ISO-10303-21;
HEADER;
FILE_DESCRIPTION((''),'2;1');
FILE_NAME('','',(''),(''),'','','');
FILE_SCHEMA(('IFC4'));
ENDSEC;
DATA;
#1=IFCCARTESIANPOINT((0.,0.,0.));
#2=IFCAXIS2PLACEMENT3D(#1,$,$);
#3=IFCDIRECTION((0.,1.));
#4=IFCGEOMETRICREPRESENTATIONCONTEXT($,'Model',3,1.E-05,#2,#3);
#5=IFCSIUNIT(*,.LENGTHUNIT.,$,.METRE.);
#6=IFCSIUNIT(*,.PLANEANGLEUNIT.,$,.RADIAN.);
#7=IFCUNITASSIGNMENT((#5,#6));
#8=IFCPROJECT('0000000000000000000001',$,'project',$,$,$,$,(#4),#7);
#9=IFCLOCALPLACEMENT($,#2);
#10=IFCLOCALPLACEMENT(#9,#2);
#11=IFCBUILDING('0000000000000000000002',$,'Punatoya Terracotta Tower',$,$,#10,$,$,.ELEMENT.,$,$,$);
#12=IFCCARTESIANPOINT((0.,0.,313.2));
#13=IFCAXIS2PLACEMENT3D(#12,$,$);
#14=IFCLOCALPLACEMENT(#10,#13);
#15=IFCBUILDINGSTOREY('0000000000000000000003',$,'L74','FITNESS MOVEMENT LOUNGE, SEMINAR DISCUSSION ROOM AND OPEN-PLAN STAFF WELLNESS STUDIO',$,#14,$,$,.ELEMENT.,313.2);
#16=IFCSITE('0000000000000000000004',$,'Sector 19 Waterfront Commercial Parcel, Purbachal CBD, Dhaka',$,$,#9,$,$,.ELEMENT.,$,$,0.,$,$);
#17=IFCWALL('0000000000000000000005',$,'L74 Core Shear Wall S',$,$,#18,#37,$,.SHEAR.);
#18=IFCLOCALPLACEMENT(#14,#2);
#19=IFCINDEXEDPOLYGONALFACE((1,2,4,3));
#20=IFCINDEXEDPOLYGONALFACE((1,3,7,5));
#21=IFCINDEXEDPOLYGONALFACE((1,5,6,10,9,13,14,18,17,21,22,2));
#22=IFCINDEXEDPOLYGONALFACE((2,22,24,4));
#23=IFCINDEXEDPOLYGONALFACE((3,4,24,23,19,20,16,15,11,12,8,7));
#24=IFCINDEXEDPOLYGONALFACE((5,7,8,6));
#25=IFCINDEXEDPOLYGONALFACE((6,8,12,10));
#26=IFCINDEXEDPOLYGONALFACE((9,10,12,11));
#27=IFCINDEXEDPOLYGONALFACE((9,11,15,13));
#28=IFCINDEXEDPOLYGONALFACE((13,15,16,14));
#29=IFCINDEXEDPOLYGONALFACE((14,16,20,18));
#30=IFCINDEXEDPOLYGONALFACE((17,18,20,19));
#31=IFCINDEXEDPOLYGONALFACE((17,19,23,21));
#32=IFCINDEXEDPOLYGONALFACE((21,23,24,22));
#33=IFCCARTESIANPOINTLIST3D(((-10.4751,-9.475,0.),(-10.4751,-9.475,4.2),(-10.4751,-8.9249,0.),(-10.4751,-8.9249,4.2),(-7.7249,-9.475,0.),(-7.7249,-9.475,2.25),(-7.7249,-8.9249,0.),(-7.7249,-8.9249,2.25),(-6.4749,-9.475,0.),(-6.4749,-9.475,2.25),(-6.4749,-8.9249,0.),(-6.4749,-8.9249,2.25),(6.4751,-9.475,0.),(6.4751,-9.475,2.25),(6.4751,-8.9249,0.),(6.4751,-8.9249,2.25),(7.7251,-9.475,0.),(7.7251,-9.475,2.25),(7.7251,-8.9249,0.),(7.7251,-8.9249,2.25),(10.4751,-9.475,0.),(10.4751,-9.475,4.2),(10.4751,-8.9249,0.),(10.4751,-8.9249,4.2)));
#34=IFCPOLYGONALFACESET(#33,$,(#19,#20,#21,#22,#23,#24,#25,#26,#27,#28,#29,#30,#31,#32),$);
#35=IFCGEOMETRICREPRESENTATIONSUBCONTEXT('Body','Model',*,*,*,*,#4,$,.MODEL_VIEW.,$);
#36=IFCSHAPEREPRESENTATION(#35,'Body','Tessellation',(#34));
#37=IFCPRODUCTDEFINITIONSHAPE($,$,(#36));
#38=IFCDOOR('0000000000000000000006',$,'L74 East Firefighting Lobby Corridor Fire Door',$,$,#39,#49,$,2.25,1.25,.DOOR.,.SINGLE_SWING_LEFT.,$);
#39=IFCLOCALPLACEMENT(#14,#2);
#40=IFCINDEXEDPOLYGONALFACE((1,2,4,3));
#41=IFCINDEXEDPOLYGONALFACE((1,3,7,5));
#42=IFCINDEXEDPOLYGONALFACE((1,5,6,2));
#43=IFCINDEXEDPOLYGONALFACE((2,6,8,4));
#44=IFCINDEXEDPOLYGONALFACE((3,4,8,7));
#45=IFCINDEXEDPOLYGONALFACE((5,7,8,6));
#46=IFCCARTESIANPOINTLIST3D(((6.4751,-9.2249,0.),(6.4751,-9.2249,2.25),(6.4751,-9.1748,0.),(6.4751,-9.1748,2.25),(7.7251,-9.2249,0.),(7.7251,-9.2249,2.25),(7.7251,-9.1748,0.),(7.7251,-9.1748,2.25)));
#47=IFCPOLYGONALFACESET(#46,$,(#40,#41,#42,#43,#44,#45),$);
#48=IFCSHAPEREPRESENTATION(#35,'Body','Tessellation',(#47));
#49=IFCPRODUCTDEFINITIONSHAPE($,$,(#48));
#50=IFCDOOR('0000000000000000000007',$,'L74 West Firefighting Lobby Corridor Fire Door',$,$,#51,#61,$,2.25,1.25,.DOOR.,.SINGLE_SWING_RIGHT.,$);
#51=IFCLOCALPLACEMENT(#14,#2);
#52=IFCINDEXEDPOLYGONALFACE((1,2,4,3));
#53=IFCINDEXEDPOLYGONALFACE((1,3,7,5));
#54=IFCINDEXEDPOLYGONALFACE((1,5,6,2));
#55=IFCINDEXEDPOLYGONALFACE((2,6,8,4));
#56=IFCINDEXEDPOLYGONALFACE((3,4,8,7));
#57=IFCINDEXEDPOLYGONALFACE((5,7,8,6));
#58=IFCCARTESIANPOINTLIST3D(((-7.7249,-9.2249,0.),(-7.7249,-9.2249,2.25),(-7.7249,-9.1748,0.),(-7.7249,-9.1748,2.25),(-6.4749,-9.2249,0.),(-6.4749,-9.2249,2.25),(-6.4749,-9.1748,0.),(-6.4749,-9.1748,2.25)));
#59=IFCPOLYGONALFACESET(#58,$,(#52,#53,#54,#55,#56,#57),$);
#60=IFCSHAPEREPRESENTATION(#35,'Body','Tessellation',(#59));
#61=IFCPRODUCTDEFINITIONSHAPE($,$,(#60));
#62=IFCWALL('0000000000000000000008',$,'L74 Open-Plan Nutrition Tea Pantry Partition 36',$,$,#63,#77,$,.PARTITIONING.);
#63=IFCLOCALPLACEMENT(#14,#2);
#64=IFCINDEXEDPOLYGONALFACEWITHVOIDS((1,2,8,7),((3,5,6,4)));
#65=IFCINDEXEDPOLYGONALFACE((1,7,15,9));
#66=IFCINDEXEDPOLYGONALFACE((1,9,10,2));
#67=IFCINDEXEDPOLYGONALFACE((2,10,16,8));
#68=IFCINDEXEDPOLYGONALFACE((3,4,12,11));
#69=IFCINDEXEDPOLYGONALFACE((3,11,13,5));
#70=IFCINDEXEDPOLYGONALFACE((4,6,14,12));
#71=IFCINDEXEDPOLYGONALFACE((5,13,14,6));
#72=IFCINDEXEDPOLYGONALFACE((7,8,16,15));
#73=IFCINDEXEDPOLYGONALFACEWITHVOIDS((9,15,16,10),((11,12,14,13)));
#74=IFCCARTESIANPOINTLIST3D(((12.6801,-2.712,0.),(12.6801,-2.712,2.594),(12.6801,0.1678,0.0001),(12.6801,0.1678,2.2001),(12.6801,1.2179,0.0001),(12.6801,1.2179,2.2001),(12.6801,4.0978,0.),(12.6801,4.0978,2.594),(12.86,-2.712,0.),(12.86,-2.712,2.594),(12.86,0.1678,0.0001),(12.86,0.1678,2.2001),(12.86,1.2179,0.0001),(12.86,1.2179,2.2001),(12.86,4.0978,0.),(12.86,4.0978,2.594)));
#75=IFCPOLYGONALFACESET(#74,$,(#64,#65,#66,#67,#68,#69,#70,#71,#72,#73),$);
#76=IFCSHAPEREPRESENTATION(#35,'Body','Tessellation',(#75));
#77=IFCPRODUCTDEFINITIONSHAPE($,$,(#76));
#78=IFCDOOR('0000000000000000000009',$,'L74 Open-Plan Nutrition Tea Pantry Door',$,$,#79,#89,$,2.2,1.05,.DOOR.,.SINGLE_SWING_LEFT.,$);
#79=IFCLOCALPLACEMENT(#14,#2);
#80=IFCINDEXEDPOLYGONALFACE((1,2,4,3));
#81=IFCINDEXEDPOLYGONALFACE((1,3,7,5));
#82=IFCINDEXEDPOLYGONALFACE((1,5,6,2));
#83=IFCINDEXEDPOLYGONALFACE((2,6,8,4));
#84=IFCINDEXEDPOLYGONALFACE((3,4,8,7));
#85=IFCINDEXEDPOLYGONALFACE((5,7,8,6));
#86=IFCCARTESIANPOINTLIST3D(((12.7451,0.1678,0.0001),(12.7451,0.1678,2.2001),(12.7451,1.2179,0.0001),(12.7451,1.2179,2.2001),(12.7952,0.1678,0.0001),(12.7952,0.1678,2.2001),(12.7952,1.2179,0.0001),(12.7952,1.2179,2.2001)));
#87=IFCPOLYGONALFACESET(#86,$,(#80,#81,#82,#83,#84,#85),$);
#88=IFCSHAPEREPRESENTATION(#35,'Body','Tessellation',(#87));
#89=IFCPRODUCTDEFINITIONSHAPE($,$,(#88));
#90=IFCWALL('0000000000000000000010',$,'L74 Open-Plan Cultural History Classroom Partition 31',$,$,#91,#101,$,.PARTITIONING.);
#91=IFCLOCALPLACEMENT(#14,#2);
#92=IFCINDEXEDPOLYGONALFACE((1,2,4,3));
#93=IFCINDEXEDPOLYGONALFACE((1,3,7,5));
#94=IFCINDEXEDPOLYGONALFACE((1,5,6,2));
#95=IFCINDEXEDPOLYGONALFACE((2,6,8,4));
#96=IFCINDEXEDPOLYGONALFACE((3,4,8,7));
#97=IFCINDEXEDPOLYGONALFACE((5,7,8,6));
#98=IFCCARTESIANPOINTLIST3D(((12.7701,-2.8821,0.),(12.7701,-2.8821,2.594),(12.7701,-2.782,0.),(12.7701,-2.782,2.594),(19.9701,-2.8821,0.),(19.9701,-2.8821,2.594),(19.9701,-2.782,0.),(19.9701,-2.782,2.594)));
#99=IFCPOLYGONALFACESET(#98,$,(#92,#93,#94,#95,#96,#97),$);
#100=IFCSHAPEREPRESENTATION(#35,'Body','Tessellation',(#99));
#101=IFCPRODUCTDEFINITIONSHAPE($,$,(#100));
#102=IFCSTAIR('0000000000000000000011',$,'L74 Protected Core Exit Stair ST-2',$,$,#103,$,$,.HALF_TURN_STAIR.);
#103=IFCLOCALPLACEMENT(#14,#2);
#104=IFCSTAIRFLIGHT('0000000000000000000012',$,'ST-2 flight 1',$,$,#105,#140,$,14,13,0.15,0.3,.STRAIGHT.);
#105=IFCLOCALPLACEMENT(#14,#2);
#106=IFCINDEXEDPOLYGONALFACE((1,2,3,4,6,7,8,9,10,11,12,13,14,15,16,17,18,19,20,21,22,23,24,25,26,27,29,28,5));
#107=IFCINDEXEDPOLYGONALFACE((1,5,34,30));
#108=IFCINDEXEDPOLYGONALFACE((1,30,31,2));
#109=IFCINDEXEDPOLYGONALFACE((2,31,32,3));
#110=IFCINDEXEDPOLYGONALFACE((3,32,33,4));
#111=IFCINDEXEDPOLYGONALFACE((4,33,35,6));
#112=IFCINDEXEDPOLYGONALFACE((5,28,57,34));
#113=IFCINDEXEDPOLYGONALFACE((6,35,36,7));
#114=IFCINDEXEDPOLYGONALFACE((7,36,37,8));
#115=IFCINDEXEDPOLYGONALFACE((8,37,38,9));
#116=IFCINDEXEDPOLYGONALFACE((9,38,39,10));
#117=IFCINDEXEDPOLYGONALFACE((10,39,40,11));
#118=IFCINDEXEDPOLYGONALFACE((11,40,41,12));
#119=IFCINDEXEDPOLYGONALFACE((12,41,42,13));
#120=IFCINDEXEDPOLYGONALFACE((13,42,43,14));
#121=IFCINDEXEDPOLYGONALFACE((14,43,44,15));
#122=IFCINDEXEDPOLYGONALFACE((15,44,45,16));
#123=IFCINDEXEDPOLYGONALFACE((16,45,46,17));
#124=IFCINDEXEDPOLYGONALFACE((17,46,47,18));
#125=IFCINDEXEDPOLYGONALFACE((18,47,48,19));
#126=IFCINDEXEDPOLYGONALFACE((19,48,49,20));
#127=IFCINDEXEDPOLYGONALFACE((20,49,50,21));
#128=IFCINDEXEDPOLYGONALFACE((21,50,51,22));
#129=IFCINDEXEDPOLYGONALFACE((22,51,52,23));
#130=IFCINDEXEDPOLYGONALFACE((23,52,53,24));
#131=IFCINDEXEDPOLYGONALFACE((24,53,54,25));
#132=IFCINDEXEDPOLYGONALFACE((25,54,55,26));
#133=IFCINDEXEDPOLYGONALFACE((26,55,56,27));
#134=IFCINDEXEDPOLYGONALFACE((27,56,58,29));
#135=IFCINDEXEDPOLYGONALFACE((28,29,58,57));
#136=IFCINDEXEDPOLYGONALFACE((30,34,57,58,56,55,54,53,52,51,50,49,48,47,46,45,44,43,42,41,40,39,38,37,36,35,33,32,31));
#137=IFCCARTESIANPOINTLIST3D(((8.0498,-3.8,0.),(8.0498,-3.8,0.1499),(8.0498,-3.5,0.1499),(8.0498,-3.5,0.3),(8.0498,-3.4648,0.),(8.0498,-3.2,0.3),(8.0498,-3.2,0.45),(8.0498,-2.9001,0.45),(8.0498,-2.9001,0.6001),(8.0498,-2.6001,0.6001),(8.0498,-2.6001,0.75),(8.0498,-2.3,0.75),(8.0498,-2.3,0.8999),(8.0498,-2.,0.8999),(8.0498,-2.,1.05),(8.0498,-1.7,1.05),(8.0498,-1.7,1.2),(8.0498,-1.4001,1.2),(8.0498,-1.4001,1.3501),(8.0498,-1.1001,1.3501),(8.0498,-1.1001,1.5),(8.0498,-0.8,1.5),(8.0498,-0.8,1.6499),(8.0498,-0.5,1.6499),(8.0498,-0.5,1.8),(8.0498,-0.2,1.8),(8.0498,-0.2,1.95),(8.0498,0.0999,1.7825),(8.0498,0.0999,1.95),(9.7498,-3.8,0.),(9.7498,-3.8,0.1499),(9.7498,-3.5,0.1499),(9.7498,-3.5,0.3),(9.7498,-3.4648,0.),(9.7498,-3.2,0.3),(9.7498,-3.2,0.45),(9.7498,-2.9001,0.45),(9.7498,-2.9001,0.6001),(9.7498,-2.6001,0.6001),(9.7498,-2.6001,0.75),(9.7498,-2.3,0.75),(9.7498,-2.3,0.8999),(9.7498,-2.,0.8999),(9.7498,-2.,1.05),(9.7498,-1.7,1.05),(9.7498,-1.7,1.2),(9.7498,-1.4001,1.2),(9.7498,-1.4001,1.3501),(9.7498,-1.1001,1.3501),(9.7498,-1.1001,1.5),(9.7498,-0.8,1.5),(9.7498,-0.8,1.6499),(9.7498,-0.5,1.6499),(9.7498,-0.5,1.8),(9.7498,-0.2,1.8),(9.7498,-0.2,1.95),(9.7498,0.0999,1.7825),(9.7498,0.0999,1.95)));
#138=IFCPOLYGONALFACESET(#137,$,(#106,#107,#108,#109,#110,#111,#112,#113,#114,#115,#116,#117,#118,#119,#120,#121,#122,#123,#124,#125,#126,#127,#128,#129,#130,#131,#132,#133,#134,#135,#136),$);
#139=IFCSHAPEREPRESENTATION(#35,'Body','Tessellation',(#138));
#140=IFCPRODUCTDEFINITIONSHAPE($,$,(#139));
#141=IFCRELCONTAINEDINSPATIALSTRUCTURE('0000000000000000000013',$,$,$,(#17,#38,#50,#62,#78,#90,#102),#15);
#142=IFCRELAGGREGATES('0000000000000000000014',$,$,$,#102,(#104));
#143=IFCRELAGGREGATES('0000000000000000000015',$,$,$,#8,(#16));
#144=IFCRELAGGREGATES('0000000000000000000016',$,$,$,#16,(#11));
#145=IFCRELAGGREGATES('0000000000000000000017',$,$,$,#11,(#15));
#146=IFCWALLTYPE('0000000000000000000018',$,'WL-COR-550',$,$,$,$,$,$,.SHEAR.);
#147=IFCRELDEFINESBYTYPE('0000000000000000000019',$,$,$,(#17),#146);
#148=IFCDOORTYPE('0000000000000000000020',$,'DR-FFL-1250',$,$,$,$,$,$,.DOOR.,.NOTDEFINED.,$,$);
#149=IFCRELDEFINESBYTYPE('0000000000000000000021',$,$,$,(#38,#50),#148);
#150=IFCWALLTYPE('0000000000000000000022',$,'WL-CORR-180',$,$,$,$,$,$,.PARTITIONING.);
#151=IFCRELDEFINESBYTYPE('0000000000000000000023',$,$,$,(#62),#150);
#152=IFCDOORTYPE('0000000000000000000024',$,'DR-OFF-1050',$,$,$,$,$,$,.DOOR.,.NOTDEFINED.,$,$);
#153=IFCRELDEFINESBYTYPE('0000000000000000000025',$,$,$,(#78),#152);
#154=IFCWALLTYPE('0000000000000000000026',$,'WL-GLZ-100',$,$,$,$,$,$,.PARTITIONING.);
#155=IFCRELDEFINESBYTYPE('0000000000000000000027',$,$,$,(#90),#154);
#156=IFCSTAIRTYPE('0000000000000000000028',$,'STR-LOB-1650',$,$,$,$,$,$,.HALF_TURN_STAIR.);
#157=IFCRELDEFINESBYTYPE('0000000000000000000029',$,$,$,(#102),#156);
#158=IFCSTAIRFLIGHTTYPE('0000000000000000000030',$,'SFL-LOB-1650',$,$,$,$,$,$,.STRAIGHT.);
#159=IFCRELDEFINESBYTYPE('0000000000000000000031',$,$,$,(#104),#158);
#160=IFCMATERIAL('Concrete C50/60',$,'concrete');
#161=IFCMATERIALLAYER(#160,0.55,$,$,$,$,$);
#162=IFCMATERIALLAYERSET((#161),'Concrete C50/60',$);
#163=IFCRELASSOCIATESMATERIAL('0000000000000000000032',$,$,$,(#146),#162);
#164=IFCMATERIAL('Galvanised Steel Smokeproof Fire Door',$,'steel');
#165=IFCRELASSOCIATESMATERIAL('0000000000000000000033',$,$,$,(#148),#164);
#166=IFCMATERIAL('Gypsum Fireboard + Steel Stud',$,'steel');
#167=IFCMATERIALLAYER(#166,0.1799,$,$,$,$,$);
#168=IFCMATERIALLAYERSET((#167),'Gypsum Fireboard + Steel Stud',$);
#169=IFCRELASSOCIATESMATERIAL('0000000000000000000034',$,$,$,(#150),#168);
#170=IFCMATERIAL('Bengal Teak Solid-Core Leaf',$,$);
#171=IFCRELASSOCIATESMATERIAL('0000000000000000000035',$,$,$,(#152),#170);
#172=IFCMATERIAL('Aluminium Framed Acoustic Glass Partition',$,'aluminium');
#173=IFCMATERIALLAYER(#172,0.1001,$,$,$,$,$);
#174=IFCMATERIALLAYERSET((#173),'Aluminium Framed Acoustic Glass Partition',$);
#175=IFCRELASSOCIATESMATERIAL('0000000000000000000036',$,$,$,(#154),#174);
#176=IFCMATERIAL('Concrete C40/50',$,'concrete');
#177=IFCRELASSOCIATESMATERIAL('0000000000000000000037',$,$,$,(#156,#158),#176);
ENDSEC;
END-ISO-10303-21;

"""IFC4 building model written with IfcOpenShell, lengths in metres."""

from ifc_helpers import new_model, si_unit, direction, frame, frame_2d, origin, place, context, subcontext, project, spatial, polyline, rectangle, outline, extrude, material, layer, layer_set, type_object, element, fill, aggregate, save


model = new_model("IFC4")

# Units and contexts
model_context = context("Model", 3, precision=1e-05, world=origin(), true_north=direction((0.0, 1.0)))
body_context = subcontext(model_context, "Body", "Model", "MODEL_VIEW")
ifc_project = project(units=[si_unit("LENGTHUNIT", "METRE"), si_unit("PLANEANGLEUNIT", "RADIAN")], contexts=[model_context])

# Site, building, storey
site_placement = place(None, origin())
site = spatial("IfcSite", under=ifc_project, at=site_placement, Name="Sector 19 Waterfront Commercial Parcel, Purbachal CBD, Dhaka", CompositionType="ELEMENT", RefElevation=0.0)
building_placement = place(site_placement, origin())
building = spatial("IfcBuilding", under=site, at=building_placement, Name="Punatoya Terracotta Tower", CompositionType="ELEMENT")
storey_placement = place(building_placement, frame((0.0, 0.0, 313.2)))
storey = spatial("IfcBuildingStorey", under=building, at=storey_placement, Name="L74", Description="FITNESS MOVEMENT LOUNGE, SEMINAR DISCUSSION ROOM AND OPEN-PLAN STAFF WELLNESS STUDIO", CompositionType="ELEMENT", Elevation=313.2)

# Wall, openings, doors
ifc_material_1 = material(Name="Concrete C50/60", Category="concrete")
ifc_layer_1 = layer(ifc_material_1, 0.55)
ifc_layer_set_1 = layer_set([ifc_layer_1], Name="Concrete C50/60")
wall_type_1 = type_object("IfcWallType", Name="WL-COR-550", PredefinedType="SHEAR", material=ifc_layer_set_1)
wall_1_placement = place(storey_placement, frame((10.4751, -9.2, 0.0), z_axis=(0.0, 0.0, 1.0), x_axis=(-1.0, 0.0, 0.0)))
wall_1 = element("IfcWall", 1, at=wall_1_placement, inside=storey, type_object=wall_type_1, Name="L74 Core Shear Wall S", PredefinedType="SHEAR", context=body_context, shape_type="SweptSolid", body=[
    extrude(rectangle(XDim=20.9502, YDim=0.55, at=frame_2d((10.4751, 0.0))), origin(), (0.0, 0.0, 1.0), 4.2),
])
opening_1_placement = place(wall_1_placement, frame((2.75, 0.0, 0.0)))
opening_1 = element("IfcOpeningElement", 2, at=opening_1_placement, cuts=wall_1, PredefinedType="OPENING", context=body_context, shape_type="SweptSolid", body=[
    extrude(rectangle(XDim=1.25, YDim=2.25, at=frame_2d((0.625, 1.125))), frame((0.0, 0.2849, 0.0), z_axis=(0.0, -1.0, 0.0), x_axis=(1.0, 0.0, 0.0)), (0.0, 0.0, 1.0), 0.5701),
])
opening_2_placement = place(wall_1_placement, frame((16.95, 0.0, 0.0)))
opening_2 = element("IfcOpeningElement", 3, at=opening_2_placement, cuts=wall_1, PredefinedType="OPENING", context=body_context, shape_type="SweptSolid", body=[
    extrude(rectangle(XDim=1.25, YDim=2.25, at=frame_2d((0.625, 1.125))), frame((0.0, 0.2849, 0.0), z_axis=(0.0, -1.0, 0.0), x_axis=(1.0, 0.0, 0.0)), (0.0, 0.0, 1.0), 0.5701),
])
ifc_material_2 = material(Name="Galvanised Steel Smokeproof Fire Door", Category="steel")
door_type_1 = type_object("IfcDoorType", Name="DR-FFL-1250", OperationType="NOTDEFINED", PredefinedType="DOOR", material=ifc_material_2)
door_1_placement = place(opening_1_placement, origin())
door_1 = element("IfcDoor", 4, at=door_1_placement, inside=storey, type_object=door_type_1, Name="L74 East Firefighting Lobby Corridor Fire Door", OperationType="SINGLE_SWING_LEFT", OverallHeight=2.25, OverallWidth=1.25, PredefinedType="DOOR", context=body_context, shape_type="SweptSolid", body=[
    extrude(rectangle(XDim=1.25, YDim=2.25, at=frame_2d((0.625, 1.125))), frame((0.0, 0.0249, 0.0), z_axis=(0.0, -1.0, 0.0), x_axis=(1.0, 0.0, 0.0)), (0.0, 0.0, 1.0), 0.05),
])
fill(opening_1, door_1)
door_2_placement = place(opening_2_placement, origin())
door_2 = element("IfcDoor", 5, at=door_2_placement, inside=storey, type_object=door_type_1, Name="L74 West Firefighting Lobby Corridor Fire Door", OperationType="SINGLE_SWING_RIGHT", OverallHeight=2.25, OverallWidth=1.25, PredefinedType="DOOR", context=body_context, shape_type="SweptSolid", body=[
    extrude(rectangle(XDim=1.25, YDim=2.25, at=frame_2d((0.625, 1.125))), frame((0.0, 0.0249, 0.0), z_axis=(0.0, -1.0, 0.0), x_axis=(1.0, 0.0, 0.0)), (0.0, 0.0, 1.0), 0.05),
])
fill(opening_2, door_2)

# Wall, opening, door
ifc_material_3 = material(Name="Gypsum Fireboard + Steel Stud", Category="steel")
ifc_layer_2 = layer(ifc_material_3, 0.1799)
ifc_layer_set_2 = layer_set([ifc_layer_2], Name="Gypsum Fireboard + Steel Stud")
wall_type_2 = type_object("IfcWallType", Name="WL-CORR-180", PredefinedType="PARTITIONING", material=ifc_layer_set_2)
wall_2_placement = place(storey_placement, frame((12.77, -2.7119, 0.0), z_axis=(0.0, 0.0, 1.0), x_axis=(0.0, 1.0, 0.0)))
wall_2 = element("IfcWall", 6, at=wall_2_placement, inside=storey, type_object=wall_type_2, Name="L74 Open-Plan Nutrition Tea Pantry Partition 36", PredefinedType="PARTITIONING", context=body_context, shape_type="SweptSolid", body=[
    extrude(rectangle(XDim=6.8098, YDim=0.1799, at=frame_2d((3.4048, 0.0))), origin(), (0.0, 0.0, 1.0), 2.594),
])
opening_3_placement = place(wall_2_placement, frame((2.8799, 0.0, 0.0)))
opening_3 = element("IfcOpeningElement", 7, at=opening_3_placement, cuts=wall_2, PredefinedType="OPENING", context=body_context, shape_type="SweptSolid", body=[
    extrude(rectangle(XDim=1.05, YDim=2.2, at=frame_2d((0.5249, 1.1001))), frame((0.0, 0.0999, 0.0), z_axis=(0.0, -1.0, 0.0), x_axis=(1.0, 0.0, 0.0)), (0.0, 0.0, 1.0), 0.2),
])
ifc_material_4 = material(Name="Bengal Teak Solid-Core Leaf")
door_type_2 = type_object("IfcDoorType", Name="DR-OFF-1050", OperationType="NOTDEFINED", PredefinedType="DOOR", material=ifc_material_4)
door_3_placement = place(opening_3_placement, origin())
door_3 = element("IfcDoor", 8, at=door_3_placement, inside=storey, type_object=door_type_2, Name="L74 Open-Plan Nutrition Tea Pantry Door", OperationType="SINGLE_SWING_LEFT", OverallHeight=2.2, OverallWidth=1.05, PredefinedType="DOOR", context=body_context, shape_type="SweptSolid", body=[
    extrude(rectangle(XDim=1.05, YDim=2.2, at=frame_2d((0.5249, 1.1001))), frame((0.0, 0.0249, 0.0), z_axis=(0.0, -1.0, 0.0), x_axis=(1.0, 0.0, 0.0)), (0.0, 0.0, 1.0), 0.05),
])
fill(opening_3, door_3)

# Wall
ifc_material_5 = material(Name="Aluminium Framed Acoustic Glass Partition", Category="aluminium")
ifc_layer_3 = layer(ifc_material_5, 0.1001)
ifc_layer_set_3 = layer_set([ifc_layer_3], Name="Aluminium Framed Acoustic Glass Partition")
wall_type_3 = type_object("IfcWallType", Name="WL-GLZ-100", PredefinedType="PARTITIONING", material=ifc_layer_set_3)
wall_3_placement = place(storey_placement, frame((12.77, -2.832, 0.0), z_axis=(0.0, 0.0, 1.0), x_axis=(1.0, 0.0, 0.0)))
element("IfcWall", 9, at=wall_3_placement, inside=storey, type_object=wall_type_3, Name="L74 Open-Plan Cultural History Classroom Partition 31", PredefinedType="PARTITIONING", context=body_context, shape_type="SweptSolid", body=[
    extrude(rectangle(XDim=7.2, YDim=0.1001, at=frame_2d((3.6001, 0.0))), origin(), (0.0, 0.0, 1.0), 2.594),
])

# Stair, stair flight
ifc_material_6 = material(Name="Concrete C40/50", Category="concrete")
stair_type = type_object("IfcStairType", Name="STR-LOB-1650", PredefinedType="HALF_TURN_STAIR", material=ifc_material_6)
stair_placement = place(storey_placement, origin())
stair = element("IfcStair", 10, at=stair_placement, inside=storey, type_object=stair_type, Name="L74 Protected Core Exit Stair ST-2", PredefinedType="HALF_TURN_STAIR")
stair_flight_type = type_object("IfcStairFlightType", Name="SFL-LOB-1650", PredefinedType="STRAIGHT", material=ifc_material_6)
stair_flight_placement = place(storey_placement, frame((8.8999, -3.8, 0.0), z_axis=(0.0, 0.0, 1.0), x_axis=(0.0, 1.0, 0.0)))
stair_flight = element("IfcStairFlight", 11, at=stair_flight_placement, type_object=stair_flight_type, Name="ST-2 flight 1", NumberOfRisers=14, NumberOfTreads=13, PredefinedType="STRAIGHT", RiserHeight=0.15, TreadLength=0.3, context=body_context, shape_type="SweptSolid", body=[
    extrude(outline(polyline([(0.0, 0.0), (0.0, 0.1499), (0.3, 0.1499), (0.3, 0.3), (0.6001, 0.3), (0.6001, 0.45), (0.8999, 0.45), (0.8999, 0.6001), (1.2, 0.6001), (1.2, 0.75), (1.5, 0.75), (1.5, 0.8999), (1.8, 0.8999), (1.8, 1.05), (2.1001, 1.05), (2.1001, 1.2), (2.3999, 1.2), (2.3999, 1.3501), (2.7, 1.3501), (2.7, 1.5), (3.0, 1.5), (3.0, 1.6499), (3.3, 1.6499), (3.3, 1.8), (3.6001, 1.8), (3.6001, 1.95), (3.8999, 1.95), (3.8999, 2.1001), (3.8999, 1.7825), (0.3352, 0.0), (0.0, 0.0)])), frame((0.0, 0.8501, 0.0), z_axis=(0.0, -1.0, 0.0), x_axis=(1.0, 0.0, 0.0)), (0.0, 0.0, 1.0), 1.7),
])
aggregate(stair, [stair_flight])

save(model, "model.ifc")
